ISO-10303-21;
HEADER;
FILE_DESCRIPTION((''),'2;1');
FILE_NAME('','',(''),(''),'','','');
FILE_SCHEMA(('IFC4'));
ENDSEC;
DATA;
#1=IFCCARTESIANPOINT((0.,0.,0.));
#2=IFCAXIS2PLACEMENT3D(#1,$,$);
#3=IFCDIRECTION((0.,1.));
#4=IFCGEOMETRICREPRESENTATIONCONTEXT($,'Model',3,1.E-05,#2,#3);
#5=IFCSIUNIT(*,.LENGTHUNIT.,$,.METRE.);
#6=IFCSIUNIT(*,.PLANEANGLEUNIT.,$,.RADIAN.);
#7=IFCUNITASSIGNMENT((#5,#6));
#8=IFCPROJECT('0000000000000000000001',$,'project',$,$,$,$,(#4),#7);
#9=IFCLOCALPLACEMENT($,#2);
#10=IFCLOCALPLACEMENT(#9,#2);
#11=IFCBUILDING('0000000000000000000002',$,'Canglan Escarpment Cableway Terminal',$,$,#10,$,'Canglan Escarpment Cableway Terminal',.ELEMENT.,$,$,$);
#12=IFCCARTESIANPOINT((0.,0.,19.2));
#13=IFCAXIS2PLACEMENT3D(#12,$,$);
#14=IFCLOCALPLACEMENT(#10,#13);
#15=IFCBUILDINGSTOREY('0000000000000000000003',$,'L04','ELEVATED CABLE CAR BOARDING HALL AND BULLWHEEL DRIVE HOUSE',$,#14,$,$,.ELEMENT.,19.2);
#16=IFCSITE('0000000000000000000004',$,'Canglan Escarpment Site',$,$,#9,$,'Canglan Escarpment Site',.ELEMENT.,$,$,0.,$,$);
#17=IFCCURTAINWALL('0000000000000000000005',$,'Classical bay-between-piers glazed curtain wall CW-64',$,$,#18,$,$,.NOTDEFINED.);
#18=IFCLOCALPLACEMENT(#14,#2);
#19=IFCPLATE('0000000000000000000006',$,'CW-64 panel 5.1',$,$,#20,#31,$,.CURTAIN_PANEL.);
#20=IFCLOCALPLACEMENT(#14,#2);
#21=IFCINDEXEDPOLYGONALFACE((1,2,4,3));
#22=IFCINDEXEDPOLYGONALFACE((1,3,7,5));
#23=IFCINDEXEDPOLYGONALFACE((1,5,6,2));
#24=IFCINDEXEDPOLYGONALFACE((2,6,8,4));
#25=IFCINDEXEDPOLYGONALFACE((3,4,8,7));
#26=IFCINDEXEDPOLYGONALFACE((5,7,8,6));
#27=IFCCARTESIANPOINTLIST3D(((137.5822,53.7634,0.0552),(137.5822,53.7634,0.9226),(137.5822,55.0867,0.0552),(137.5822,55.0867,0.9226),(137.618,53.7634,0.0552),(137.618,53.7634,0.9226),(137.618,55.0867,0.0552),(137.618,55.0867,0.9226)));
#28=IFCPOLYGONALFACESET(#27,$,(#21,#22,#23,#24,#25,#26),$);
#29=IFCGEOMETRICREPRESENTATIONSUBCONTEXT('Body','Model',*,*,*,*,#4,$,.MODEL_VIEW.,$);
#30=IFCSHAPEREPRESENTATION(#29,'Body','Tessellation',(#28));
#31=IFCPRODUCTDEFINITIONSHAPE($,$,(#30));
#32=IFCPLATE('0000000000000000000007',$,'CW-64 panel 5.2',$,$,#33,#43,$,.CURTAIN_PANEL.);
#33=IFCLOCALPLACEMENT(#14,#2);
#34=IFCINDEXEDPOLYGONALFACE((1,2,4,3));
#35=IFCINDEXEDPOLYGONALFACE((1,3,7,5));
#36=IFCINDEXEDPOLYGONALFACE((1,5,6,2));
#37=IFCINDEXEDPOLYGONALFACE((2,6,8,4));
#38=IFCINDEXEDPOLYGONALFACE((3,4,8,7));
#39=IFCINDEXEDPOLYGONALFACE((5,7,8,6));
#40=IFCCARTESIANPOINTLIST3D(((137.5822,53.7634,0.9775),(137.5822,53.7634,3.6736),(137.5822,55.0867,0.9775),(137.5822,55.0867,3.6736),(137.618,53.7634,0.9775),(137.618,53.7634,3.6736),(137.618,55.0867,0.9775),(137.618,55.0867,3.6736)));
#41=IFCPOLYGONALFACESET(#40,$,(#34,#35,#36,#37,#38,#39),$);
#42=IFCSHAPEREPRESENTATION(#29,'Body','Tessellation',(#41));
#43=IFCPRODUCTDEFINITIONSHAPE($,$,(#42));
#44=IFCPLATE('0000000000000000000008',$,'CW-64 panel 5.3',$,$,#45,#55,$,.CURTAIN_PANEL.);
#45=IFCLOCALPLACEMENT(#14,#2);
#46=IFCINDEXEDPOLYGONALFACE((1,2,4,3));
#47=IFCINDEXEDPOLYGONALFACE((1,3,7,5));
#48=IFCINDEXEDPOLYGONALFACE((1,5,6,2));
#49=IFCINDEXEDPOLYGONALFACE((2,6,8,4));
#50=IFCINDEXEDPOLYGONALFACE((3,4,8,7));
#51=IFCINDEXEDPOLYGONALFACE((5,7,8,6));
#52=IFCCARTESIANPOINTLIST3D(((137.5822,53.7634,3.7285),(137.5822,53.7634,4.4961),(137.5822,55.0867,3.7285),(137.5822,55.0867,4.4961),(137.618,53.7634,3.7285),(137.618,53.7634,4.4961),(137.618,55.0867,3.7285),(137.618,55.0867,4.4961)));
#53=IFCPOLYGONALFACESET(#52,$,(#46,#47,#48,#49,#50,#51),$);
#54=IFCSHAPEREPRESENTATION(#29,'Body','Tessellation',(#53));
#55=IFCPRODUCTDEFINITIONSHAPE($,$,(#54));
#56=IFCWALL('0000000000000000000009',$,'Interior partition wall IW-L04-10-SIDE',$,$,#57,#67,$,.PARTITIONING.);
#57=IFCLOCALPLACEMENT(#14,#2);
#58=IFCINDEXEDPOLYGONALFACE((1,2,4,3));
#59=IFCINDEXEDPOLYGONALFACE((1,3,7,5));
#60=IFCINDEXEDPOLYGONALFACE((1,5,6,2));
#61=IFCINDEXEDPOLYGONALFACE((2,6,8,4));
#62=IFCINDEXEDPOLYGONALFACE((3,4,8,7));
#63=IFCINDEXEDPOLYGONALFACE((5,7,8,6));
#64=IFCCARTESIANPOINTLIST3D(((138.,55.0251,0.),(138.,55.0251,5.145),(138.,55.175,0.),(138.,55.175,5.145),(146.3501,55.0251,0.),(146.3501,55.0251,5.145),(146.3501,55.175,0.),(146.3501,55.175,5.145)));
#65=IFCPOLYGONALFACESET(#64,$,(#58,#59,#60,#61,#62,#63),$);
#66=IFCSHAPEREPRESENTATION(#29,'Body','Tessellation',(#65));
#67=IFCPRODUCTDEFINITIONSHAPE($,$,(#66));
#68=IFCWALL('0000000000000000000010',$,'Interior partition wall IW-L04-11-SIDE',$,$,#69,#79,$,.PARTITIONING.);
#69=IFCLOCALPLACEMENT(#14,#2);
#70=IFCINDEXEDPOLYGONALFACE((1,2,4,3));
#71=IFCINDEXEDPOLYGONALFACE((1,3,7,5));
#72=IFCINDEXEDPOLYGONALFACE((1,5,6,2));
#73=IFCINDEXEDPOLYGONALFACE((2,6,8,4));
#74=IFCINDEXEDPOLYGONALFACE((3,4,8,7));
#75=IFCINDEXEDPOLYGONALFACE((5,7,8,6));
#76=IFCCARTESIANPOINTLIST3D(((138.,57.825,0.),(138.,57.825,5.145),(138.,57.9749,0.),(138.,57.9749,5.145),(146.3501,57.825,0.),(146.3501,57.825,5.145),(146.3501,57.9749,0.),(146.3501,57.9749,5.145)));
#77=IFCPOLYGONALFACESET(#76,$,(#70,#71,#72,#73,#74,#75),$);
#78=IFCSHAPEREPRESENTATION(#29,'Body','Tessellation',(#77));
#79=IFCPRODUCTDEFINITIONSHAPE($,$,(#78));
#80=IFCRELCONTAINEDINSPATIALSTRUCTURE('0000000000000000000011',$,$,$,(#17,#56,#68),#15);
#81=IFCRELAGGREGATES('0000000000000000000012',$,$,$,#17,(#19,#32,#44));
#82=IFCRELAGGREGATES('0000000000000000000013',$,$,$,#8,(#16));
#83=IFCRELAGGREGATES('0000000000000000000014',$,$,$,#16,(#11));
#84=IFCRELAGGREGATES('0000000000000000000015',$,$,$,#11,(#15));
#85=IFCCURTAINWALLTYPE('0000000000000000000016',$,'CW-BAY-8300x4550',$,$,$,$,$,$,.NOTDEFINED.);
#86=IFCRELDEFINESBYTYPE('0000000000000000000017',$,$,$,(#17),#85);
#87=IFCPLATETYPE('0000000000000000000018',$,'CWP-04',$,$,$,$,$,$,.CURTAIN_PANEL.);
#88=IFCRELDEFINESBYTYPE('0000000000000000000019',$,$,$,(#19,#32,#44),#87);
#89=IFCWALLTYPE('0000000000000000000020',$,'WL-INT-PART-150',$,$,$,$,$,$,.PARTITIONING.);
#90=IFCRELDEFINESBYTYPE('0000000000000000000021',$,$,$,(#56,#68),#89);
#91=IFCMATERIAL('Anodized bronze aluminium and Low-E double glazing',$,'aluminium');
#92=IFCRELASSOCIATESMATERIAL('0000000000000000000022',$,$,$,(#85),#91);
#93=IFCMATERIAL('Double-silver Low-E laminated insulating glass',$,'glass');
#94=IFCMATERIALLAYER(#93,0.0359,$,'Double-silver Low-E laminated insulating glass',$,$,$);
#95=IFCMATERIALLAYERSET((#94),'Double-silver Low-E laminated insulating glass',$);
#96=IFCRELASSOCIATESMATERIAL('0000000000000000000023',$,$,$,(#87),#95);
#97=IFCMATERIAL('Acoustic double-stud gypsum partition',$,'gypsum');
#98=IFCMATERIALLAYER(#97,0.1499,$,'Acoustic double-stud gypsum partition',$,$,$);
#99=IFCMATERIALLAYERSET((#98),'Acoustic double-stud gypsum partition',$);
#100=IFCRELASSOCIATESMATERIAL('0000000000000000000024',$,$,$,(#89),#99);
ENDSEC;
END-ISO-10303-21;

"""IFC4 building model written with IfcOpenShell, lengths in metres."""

from ifc_helpers import new_model, si_unit, direction, frame, frame_2d, origin, origin_2d, place, context, subcontext, project, spatial, rectangle, extrude, material, layer, layer_set, type_object, element, aggregate, save


model = new_model("IFC4")

# Units and contexts
model_context = context("Model", 3, precision=1e-05, world=origin(), true_north=direction((0.0, 1.0)))
body_context = subcontext(model_context, "Body", "Model", "MODEL_VIEW")
ifc_project = project(units=[si_unit("LENGTHUNIT", "METRE"), si_unit("PLANEANGLEUNIT", "RADIAN")], contexts=[model_context])

# Site, building, storey
site_placement = place(None, origin())
site = spatial("IfcSite", under=ifc_project, at=site_placement, Name="Canglan Escarpment Site", LongName="Canglan Escarpment Site", CompositionType="ELEMENT", RefElevation=0.0)
building_placement = place(site_placement, origin())
building = spatial("IfcBuilding", under=site, at=building_placement, Name="Canglan Escarpment Cableway Terminal", LongName="Canglan Escarpment Cableway Terminal", CompositionType="ELEMENT")
storey_placement = place(building_placement, frame((0.0, 0.0, 19.2)))
storey = spatial("IfcBuildingStorey", under=building, at=storey_placement, Name="L04", Description="ELEVATED CABLE CAR BOARDING HALL AND BULLWHEEL DRIVE HOUSE", CompositionType="ELEMENT", Elevation=19.2)

# Curtain wall, plates
ifc_material_1 = material(Name="Anodized bronze aluminium and Low-E double glazing", Category="aluminium")
curtain_wall_type = type_object("IfcCurtainWallType", Name="CW-BAY-8300x4550", PredefinedType="NOTDEFINED", material=ifc_material_1)
curtain_wall_placement = place(storey_placement, origin())
curtain_wall = element("IfcCurtainWall", 1, at=curtain_wall_placement, inside=storey, type_object=curtain_wall_type, Name="Classical bay-between-piers glazed curtain wall CW-64", PredefinedType="NOTDEFINED")
ifc_material_2 = material(Name="Double-silver Low-E laminated insulating glass", Category="glass")
ifc_layer_1 = layer(ifc_material_2, 0.0359, Name="Double-silver Low-E laminated insulating glass")
ifc_layer_set_1 = layer_set([ifc_layer_1], Name="Double-silver Low-E laminated insulating glass")
plate_type = type_object("IfcPlateType", Name="CWP-04", PredefinedType="CURTAIN_PANEL", material=ifc_layer_set_1)
plate_1_placement = place(storey_placement, frame((137.6001, 54.425, 0.0552), z_axis=(0.0, 0.0, 1.0), x_axis=(0.0, -1.0, 0.0)))
plate_1 = element("IfcPlate", 2, at=plate_1_placement, type_object=plate_type, Name="CW-64 panel 5.1", PredefinedType="CURTAIN_PANEL", context=body_context, shape_type="SweptSolid", body=[
    extrude(rectangle(XDim=1.3232, YDim=0.0359, at=origin_2d()), origin(), (0.0, 0.0, 1.0), 0.8674),
])
plate_2_placement = place(storey_placement, frame((137.6001, 54.425, 0.9775), z_axis=(0.0, 0.0, 1.0), x_axis=(0.0, -1.0, 0.0)))
plate_2 = element("IfcPlate", 3, at=plate_2_placement, type_object=plate_type, Name="CW-64 panel 5.2", PredefinedType="CURTAIN_PANEL", context=body_context, shape_type="SweptSolid", body=[
    extrude(rectangle(XDim=1.3232, YDim=0.0359, at=origin_2d()), origin(), (0.0, 0.0, 1.0), 2.696),
])
plate_3_placement = place(storey_placement, frame((137.6001, 54.425, 3.7285), z_axis=(0.0, 0.0, 1.0), x_axis=(0.0, -1.0, 0.0)))
plate_3 = element("IfcPlate", 4, at=plate_3_placement, type_object=plate_type, Name="CW-64 panel 5.3", PredefinedType="CURTAIN_PANEL", context=body_context, shape_type="SweptSolid", body=[
    extrude(rectangle(XDim=1.3232, YDim=0.0359, at=origin_2d()), origin(), (0.0, 0.0, 1.0), 0.7676),
])
aggregate(curtain_wall, [plate_1, plate_2, plate_3])

# Walls
ifc_material_3 = material(Name="Acoustic double-stud gypsum partition", Category="gypsum")
ifc_layer_2 = layer(ifc_material_3, 0.1499, Name="Acoustic double-stud gypsum partition")
ifc_layer_set_2 = layer_set([ifc_layer_2], Name="Acoustic double-stud gypsum partition")
wall_type = type_object("IfcWallType", Name="WL-INT-PART-150", PredefinedType="PARTITIONING", material=ifc_layer_set_2)
for number, where, z_axis, x_axis, name in (
    (5, (138.0, 55.1001, 0.0), (0.0, 0.0, 1.0), (1.0, 0.0, 0.0), "Interior partition wall IW-L04-10-SIDE"),
    (6, (138.0, 57.8999, 0.0), (0.0, 0.0, 1.0), (1.0, 0.0, 0.0), "Interior partition wall IW-L04-11-SIDE"),
):
    element("IfcWall", number, at=place(storey_placement, frame(where, z_axis=z_axis, x_axis=x_axis)), inside=storey, type_object=wall_type, Name=name, PredefinedType="PARTITIONING", context=body_context, shape_type="SweptSolid", body=[
        extrude(rectangle(XDim=8.3501, YDim=0.1499, at=frame_2d((4.175, 0.0))), origin(), (0.0, 0.0, 1.0), 5.145),
    ])

save(model, "model.ifc")
